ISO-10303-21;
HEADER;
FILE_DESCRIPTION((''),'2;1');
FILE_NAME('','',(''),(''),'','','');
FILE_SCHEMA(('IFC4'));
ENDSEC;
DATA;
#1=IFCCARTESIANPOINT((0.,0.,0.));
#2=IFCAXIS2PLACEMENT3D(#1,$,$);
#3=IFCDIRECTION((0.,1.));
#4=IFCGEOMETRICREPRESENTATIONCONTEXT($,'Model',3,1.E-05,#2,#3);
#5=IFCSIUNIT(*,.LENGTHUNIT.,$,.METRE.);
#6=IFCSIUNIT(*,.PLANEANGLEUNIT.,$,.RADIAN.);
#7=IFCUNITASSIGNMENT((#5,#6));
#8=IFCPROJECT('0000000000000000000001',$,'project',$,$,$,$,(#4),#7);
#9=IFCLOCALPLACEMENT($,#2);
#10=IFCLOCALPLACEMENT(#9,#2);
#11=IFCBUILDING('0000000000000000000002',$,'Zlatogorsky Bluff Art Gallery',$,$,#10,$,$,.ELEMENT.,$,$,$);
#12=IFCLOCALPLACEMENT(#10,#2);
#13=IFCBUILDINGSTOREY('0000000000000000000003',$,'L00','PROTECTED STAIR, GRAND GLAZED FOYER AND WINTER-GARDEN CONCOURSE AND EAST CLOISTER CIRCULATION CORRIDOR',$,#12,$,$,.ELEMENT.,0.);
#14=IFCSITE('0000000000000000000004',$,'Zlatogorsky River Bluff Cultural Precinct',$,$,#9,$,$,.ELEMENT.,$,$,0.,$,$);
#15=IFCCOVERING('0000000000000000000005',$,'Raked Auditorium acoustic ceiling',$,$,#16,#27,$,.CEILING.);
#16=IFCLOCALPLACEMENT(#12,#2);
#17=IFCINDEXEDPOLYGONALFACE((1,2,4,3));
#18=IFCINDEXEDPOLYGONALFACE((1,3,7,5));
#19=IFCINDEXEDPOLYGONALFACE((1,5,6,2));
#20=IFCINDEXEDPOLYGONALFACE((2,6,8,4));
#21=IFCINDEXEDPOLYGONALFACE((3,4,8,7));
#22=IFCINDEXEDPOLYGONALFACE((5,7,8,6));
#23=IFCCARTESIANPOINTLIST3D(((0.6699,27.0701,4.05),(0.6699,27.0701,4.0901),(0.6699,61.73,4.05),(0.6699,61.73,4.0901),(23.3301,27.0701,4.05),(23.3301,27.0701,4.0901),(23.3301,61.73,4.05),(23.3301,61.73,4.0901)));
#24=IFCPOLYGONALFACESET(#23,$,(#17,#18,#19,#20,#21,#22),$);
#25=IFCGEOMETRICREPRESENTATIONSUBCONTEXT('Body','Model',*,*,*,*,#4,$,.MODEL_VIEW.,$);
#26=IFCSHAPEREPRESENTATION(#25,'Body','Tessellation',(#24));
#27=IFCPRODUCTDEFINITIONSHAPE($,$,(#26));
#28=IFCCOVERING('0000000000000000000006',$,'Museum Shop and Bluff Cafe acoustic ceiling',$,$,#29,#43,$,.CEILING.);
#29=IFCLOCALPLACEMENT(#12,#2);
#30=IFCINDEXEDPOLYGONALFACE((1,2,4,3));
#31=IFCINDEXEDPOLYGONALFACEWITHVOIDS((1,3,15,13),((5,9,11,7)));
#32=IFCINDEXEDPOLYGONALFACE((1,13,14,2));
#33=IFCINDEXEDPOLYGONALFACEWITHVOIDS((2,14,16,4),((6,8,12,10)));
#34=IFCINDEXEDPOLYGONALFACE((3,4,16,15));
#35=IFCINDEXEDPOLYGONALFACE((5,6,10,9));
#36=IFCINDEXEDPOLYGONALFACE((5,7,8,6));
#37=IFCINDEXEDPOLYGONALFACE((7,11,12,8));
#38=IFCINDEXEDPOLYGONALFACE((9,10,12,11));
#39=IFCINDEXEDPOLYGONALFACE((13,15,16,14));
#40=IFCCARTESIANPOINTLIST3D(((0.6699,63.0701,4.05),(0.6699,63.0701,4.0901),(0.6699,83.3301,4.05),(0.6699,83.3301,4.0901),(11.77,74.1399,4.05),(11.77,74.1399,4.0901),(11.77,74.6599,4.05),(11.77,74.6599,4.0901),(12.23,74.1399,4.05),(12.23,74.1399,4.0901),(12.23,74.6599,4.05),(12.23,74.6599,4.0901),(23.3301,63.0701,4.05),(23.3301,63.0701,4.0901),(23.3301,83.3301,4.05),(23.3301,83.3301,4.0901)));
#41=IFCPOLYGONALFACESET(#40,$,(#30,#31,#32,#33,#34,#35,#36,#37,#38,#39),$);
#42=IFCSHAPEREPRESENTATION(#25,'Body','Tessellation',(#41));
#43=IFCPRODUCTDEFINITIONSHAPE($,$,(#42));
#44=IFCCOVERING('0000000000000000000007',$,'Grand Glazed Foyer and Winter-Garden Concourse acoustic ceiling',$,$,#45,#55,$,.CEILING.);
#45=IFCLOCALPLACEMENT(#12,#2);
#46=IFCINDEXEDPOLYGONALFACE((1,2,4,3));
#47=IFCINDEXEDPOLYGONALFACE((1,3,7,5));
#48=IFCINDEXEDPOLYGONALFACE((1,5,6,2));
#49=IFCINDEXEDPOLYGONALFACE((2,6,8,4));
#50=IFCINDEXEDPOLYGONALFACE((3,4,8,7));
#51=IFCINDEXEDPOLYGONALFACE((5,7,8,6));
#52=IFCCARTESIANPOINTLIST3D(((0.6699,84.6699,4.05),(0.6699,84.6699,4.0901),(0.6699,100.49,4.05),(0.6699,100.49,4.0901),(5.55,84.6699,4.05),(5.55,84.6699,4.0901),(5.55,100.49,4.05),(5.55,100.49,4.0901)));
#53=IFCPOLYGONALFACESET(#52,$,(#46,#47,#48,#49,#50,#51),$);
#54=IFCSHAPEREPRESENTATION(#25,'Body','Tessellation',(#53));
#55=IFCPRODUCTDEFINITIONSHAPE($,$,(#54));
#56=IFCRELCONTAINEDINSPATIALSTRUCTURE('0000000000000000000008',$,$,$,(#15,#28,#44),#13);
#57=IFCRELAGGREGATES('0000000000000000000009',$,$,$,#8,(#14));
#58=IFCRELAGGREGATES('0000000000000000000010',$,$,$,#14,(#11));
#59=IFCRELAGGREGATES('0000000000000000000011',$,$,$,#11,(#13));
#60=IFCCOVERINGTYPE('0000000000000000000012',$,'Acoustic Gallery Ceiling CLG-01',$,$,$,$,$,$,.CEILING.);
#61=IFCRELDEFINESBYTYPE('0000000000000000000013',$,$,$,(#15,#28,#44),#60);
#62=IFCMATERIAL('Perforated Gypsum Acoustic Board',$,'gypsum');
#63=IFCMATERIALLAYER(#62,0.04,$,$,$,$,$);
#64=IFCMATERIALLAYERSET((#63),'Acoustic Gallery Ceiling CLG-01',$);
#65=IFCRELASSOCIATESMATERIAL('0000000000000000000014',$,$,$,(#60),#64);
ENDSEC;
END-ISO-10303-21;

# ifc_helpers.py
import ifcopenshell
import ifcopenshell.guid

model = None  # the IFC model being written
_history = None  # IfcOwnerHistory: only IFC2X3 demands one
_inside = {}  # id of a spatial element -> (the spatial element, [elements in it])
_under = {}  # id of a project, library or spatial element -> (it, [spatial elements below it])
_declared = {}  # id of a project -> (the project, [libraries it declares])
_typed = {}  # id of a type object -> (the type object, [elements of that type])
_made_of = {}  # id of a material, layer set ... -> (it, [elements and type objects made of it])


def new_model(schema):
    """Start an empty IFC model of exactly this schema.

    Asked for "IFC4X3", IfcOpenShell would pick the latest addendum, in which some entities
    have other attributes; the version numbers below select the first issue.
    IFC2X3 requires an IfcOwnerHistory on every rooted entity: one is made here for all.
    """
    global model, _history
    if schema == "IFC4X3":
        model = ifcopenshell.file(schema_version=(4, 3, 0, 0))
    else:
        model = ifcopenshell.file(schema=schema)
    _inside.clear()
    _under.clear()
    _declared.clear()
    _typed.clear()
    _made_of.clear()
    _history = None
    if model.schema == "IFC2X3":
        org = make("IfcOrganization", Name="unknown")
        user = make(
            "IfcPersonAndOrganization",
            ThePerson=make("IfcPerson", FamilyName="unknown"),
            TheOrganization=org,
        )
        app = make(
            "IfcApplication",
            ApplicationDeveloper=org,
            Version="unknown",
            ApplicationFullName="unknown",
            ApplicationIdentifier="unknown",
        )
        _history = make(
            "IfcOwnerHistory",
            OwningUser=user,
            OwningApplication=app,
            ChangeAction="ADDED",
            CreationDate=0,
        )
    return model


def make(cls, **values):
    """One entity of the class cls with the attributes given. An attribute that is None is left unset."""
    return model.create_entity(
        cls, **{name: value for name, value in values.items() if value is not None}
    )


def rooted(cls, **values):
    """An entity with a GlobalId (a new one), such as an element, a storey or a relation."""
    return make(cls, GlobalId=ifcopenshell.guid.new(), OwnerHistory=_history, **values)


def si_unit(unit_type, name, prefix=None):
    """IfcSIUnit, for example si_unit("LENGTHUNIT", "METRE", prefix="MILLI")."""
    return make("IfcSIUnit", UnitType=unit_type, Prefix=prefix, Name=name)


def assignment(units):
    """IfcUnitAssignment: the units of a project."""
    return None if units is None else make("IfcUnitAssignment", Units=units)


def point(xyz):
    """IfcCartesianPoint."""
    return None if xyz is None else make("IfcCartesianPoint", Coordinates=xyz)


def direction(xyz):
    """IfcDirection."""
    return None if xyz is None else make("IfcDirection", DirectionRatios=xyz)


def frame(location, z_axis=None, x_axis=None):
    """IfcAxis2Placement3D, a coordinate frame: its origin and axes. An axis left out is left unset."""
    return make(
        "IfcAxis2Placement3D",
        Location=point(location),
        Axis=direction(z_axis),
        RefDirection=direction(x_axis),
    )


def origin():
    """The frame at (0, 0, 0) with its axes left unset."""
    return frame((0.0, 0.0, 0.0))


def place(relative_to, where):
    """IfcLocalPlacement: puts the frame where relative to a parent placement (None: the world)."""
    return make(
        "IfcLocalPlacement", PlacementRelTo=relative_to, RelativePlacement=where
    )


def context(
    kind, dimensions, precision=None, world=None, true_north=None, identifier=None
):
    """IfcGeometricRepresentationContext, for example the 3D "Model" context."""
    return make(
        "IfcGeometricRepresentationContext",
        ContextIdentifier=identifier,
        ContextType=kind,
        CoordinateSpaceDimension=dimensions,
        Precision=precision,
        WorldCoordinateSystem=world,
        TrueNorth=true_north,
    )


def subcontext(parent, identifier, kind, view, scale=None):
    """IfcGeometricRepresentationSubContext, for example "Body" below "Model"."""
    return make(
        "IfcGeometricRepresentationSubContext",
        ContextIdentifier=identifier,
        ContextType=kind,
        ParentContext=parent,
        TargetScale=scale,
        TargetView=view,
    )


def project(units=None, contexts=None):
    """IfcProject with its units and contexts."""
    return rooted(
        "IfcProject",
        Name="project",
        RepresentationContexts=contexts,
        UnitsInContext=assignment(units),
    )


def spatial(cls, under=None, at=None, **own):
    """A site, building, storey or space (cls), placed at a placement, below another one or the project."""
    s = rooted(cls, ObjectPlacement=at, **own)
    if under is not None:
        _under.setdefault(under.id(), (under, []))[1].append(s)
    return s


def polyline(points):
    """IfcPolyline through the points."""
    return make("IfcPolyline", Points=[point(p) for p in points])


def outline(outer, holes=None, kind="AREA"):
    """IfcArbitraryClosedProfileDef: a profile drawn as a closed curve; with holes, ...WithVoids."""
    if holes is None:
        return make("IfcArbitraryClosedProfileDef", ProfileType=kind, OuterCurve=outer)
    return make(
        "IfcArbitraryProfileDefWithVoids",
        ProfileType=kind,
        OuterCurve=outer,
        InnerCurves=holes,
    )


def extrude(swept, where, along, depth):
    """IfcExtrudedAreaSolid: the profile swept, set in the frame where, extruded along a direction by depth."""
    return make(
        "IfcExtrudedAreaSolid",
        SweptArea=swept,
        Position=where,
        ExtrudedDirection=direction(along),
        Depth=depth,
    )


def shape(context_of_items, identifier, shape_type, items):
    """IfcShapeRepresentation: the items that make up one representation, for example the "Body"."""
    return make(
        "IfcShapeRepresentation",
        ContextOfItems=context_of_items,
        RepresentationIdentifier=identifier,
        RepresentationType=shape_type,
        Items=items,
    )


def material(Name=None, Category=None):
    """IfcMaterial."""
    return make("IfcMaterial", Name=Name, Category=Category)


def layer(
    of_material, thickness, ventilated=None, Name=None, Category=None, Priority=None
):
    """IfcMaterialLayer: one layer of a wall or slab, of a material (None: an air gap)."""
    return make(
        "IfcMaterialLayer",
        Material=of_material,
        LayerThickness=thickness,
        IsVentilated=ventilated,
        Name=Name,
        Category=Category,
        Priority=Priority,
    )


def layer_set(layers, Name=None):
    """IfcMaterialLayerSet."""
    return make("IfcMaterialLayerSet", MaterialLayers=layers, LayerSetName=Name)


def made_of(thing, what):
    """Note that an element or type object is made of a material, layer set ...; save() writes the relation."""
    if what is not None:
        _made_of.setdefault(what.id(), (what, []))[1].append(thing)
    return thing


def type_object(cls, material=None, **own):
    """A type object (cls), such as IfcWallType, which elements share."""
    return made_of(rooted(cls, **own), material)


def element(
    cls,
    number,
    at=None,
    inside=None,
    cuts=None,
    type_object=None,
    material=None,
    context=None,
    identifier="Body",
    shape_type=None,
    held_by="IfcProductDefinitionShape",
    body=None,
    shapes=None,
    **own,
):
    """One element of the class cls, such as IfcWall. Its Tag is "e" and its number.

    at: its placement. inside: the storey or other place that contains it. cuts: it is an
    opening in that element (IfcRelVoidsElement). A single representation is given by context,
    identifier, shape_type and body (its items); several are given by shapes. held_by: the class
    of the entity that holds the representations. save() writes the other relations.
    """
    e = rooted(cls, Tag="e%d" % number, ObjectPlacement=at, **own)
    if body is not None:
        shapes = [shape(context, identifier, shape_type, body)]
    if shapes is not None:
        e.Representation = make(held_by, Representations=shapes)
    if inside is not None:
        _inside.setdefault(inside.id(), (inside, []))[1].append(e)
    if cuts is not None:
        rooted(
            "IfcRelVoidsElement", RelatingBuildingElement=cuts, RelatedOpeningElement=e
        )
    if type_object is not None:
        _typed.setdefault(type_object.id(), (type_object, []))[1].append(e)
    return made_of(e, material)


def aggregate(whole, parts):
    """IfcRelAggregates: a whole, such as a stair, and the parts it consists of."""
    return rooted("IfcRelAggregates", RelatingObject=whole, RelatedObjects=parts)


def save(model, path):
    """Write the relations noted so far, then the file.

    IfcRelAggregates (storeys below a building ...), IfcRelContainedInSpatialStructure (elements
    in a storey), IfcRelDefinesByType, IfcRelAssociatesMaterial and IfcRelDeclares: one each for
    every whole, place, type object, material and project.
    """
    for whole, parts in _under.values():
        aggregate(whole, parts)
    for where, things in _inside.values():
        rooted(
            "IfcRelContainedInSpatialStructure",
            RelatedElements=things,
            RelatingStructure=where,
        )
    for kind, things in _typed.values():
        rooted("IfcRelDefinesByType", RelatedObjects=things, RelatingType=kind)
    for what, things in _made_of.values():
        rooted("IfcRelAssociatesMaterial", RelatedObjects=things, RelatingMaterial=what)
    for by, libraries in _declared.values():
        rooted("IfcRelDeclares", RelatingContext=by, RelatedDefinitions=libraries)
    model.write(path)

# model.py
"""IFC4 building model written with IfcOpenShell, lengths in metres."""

from ifc_helpers import new_model, si_unit, direction, frame, origin, place, context, subcontext, project, spatial, polyline, outline, extrude, material, layer, layer_set, type_object, element, save


model = new_model("IFC4")

# Units and contexts
model_context = context("Model", 3, precision=1e-05, world=origin(), true_north=direction((0.0, 1.0)))
body_context = subcontext(model_context, "Body", "Model", "MODEL_VIEW")
ifc_project = project(units=[si_unit("LENGTHUNIT", "METRE"), si_unit("PLANEANGLEUNIT", "RADIAN")], contexts=[model_context])

# Site, building, storey
site_placement = place(None, origin())
site = spatial("IfcSite", under=ifc_project, at=site_placement, Name="Zlatogorsky River Bluff Cultural Precinct", CompositionType="ELEMENT", RefElevation=0.0)
building_placement = place(site_placement, origin())
building = spatial("IfcBuilding", under=site, at=building_placement, Name="Zlatogorsky Bluff Art Gallery", CompositionType="ELEMENT")
storey_placement = place(building_placement, origin())
storey = spatial("IfcBuildingStorey", under=building, at=storey_placement, Name="L00", Description="PROTECTED STAIR, GRAND GLAZED FOYER AND WINTER-GARDEN CONCOURSE AND EAST CLOISTER CIRCULATION CORRIDOR", CompositionType="ELEMENT", Elevation=0.0)

# Coverings
ifc_material_1 = material(Name="Perforated Gypsum Acoustic Board", Category="gypsum")
ifc_layer_1 = layer(ifc_material_1, 0.04)
ifc_layer_set_1 = layer_set([ifc_layer_1], Name="Acoustic Gallery Ceiling CLG-01")
covering_type_1 = type_object("IfcCoveringType", Name="Acoustic Gallery Ceiling CLG-01", PredefinedType="CEILING", material=ifc_layer_set_1)
covering_1_placement = place(storey_placement, frame((0.0, 0.0, 4.05)))
element("IfcCovering", 1, at=covering_1_placement, inside=storey, type_object=covering_type_1, Name="Raked Auditorium acoustic ceiling", PredefinedType="CEILING", context=body_context, shape_type="SweptSolid", body=[
    extrude(outline(polyline([(23.3301, 61.73), (23.3301, 27.0701), (0.6699, 27.0701), (0.6699, 61.73), (23.3301, 61.73)])), origin(), (0.0, 0.0, 1.0), 0.04),
])
covering_2_placement = place(storey_placement, frame((0.0, 0.0, 4.05)))
element("IfcCovering", 2, at=covering_2_placement, inside=storey, type_object=covering_type_1, Name="Museum Shop and Bluff Cafe acoustic ceiling", PredefinedType="CEILING", context=body_context, shape_type="SweptSolid", body=[
    extrude(outline(polyline([(23.3301, 83.3301), (23.3301, 63.0701), (0.6699, 63.0701), (0.6699, 83.3301), (23.3301, 83.3301)]), holes=[polyline([(11.77, 74.1399), (12.23, 74.1399), (12.23, 74.6599), (11.77, 74.6599), (11.77, 74.1399)])]), origin(), (0.0, 0.0, 1.0), 0.04),
])
covering_3_placement = place(storey_placement, frame((0.0, 0.0, 4.05)))
element("IfcCovering", 3, at=covering_3_placement, inside=storey, type_object=covering_type_1, Name="Grand Glazed Foyer and Winter-Garden Concourse acoustic ceiling", PredefinedType="CEILING", context=body_context, shape_type="SweptSolid", body=[
    extrude(outline(polyline([(5.55, 100.49), (5.55, 84.6699), (0.6699, 84.6699), (0.6699, 100.49), (5.55, 100.49)])), origin(), (0.0, 0.0, 1.0), 0.04),
])

save(model, "model.ifc")
